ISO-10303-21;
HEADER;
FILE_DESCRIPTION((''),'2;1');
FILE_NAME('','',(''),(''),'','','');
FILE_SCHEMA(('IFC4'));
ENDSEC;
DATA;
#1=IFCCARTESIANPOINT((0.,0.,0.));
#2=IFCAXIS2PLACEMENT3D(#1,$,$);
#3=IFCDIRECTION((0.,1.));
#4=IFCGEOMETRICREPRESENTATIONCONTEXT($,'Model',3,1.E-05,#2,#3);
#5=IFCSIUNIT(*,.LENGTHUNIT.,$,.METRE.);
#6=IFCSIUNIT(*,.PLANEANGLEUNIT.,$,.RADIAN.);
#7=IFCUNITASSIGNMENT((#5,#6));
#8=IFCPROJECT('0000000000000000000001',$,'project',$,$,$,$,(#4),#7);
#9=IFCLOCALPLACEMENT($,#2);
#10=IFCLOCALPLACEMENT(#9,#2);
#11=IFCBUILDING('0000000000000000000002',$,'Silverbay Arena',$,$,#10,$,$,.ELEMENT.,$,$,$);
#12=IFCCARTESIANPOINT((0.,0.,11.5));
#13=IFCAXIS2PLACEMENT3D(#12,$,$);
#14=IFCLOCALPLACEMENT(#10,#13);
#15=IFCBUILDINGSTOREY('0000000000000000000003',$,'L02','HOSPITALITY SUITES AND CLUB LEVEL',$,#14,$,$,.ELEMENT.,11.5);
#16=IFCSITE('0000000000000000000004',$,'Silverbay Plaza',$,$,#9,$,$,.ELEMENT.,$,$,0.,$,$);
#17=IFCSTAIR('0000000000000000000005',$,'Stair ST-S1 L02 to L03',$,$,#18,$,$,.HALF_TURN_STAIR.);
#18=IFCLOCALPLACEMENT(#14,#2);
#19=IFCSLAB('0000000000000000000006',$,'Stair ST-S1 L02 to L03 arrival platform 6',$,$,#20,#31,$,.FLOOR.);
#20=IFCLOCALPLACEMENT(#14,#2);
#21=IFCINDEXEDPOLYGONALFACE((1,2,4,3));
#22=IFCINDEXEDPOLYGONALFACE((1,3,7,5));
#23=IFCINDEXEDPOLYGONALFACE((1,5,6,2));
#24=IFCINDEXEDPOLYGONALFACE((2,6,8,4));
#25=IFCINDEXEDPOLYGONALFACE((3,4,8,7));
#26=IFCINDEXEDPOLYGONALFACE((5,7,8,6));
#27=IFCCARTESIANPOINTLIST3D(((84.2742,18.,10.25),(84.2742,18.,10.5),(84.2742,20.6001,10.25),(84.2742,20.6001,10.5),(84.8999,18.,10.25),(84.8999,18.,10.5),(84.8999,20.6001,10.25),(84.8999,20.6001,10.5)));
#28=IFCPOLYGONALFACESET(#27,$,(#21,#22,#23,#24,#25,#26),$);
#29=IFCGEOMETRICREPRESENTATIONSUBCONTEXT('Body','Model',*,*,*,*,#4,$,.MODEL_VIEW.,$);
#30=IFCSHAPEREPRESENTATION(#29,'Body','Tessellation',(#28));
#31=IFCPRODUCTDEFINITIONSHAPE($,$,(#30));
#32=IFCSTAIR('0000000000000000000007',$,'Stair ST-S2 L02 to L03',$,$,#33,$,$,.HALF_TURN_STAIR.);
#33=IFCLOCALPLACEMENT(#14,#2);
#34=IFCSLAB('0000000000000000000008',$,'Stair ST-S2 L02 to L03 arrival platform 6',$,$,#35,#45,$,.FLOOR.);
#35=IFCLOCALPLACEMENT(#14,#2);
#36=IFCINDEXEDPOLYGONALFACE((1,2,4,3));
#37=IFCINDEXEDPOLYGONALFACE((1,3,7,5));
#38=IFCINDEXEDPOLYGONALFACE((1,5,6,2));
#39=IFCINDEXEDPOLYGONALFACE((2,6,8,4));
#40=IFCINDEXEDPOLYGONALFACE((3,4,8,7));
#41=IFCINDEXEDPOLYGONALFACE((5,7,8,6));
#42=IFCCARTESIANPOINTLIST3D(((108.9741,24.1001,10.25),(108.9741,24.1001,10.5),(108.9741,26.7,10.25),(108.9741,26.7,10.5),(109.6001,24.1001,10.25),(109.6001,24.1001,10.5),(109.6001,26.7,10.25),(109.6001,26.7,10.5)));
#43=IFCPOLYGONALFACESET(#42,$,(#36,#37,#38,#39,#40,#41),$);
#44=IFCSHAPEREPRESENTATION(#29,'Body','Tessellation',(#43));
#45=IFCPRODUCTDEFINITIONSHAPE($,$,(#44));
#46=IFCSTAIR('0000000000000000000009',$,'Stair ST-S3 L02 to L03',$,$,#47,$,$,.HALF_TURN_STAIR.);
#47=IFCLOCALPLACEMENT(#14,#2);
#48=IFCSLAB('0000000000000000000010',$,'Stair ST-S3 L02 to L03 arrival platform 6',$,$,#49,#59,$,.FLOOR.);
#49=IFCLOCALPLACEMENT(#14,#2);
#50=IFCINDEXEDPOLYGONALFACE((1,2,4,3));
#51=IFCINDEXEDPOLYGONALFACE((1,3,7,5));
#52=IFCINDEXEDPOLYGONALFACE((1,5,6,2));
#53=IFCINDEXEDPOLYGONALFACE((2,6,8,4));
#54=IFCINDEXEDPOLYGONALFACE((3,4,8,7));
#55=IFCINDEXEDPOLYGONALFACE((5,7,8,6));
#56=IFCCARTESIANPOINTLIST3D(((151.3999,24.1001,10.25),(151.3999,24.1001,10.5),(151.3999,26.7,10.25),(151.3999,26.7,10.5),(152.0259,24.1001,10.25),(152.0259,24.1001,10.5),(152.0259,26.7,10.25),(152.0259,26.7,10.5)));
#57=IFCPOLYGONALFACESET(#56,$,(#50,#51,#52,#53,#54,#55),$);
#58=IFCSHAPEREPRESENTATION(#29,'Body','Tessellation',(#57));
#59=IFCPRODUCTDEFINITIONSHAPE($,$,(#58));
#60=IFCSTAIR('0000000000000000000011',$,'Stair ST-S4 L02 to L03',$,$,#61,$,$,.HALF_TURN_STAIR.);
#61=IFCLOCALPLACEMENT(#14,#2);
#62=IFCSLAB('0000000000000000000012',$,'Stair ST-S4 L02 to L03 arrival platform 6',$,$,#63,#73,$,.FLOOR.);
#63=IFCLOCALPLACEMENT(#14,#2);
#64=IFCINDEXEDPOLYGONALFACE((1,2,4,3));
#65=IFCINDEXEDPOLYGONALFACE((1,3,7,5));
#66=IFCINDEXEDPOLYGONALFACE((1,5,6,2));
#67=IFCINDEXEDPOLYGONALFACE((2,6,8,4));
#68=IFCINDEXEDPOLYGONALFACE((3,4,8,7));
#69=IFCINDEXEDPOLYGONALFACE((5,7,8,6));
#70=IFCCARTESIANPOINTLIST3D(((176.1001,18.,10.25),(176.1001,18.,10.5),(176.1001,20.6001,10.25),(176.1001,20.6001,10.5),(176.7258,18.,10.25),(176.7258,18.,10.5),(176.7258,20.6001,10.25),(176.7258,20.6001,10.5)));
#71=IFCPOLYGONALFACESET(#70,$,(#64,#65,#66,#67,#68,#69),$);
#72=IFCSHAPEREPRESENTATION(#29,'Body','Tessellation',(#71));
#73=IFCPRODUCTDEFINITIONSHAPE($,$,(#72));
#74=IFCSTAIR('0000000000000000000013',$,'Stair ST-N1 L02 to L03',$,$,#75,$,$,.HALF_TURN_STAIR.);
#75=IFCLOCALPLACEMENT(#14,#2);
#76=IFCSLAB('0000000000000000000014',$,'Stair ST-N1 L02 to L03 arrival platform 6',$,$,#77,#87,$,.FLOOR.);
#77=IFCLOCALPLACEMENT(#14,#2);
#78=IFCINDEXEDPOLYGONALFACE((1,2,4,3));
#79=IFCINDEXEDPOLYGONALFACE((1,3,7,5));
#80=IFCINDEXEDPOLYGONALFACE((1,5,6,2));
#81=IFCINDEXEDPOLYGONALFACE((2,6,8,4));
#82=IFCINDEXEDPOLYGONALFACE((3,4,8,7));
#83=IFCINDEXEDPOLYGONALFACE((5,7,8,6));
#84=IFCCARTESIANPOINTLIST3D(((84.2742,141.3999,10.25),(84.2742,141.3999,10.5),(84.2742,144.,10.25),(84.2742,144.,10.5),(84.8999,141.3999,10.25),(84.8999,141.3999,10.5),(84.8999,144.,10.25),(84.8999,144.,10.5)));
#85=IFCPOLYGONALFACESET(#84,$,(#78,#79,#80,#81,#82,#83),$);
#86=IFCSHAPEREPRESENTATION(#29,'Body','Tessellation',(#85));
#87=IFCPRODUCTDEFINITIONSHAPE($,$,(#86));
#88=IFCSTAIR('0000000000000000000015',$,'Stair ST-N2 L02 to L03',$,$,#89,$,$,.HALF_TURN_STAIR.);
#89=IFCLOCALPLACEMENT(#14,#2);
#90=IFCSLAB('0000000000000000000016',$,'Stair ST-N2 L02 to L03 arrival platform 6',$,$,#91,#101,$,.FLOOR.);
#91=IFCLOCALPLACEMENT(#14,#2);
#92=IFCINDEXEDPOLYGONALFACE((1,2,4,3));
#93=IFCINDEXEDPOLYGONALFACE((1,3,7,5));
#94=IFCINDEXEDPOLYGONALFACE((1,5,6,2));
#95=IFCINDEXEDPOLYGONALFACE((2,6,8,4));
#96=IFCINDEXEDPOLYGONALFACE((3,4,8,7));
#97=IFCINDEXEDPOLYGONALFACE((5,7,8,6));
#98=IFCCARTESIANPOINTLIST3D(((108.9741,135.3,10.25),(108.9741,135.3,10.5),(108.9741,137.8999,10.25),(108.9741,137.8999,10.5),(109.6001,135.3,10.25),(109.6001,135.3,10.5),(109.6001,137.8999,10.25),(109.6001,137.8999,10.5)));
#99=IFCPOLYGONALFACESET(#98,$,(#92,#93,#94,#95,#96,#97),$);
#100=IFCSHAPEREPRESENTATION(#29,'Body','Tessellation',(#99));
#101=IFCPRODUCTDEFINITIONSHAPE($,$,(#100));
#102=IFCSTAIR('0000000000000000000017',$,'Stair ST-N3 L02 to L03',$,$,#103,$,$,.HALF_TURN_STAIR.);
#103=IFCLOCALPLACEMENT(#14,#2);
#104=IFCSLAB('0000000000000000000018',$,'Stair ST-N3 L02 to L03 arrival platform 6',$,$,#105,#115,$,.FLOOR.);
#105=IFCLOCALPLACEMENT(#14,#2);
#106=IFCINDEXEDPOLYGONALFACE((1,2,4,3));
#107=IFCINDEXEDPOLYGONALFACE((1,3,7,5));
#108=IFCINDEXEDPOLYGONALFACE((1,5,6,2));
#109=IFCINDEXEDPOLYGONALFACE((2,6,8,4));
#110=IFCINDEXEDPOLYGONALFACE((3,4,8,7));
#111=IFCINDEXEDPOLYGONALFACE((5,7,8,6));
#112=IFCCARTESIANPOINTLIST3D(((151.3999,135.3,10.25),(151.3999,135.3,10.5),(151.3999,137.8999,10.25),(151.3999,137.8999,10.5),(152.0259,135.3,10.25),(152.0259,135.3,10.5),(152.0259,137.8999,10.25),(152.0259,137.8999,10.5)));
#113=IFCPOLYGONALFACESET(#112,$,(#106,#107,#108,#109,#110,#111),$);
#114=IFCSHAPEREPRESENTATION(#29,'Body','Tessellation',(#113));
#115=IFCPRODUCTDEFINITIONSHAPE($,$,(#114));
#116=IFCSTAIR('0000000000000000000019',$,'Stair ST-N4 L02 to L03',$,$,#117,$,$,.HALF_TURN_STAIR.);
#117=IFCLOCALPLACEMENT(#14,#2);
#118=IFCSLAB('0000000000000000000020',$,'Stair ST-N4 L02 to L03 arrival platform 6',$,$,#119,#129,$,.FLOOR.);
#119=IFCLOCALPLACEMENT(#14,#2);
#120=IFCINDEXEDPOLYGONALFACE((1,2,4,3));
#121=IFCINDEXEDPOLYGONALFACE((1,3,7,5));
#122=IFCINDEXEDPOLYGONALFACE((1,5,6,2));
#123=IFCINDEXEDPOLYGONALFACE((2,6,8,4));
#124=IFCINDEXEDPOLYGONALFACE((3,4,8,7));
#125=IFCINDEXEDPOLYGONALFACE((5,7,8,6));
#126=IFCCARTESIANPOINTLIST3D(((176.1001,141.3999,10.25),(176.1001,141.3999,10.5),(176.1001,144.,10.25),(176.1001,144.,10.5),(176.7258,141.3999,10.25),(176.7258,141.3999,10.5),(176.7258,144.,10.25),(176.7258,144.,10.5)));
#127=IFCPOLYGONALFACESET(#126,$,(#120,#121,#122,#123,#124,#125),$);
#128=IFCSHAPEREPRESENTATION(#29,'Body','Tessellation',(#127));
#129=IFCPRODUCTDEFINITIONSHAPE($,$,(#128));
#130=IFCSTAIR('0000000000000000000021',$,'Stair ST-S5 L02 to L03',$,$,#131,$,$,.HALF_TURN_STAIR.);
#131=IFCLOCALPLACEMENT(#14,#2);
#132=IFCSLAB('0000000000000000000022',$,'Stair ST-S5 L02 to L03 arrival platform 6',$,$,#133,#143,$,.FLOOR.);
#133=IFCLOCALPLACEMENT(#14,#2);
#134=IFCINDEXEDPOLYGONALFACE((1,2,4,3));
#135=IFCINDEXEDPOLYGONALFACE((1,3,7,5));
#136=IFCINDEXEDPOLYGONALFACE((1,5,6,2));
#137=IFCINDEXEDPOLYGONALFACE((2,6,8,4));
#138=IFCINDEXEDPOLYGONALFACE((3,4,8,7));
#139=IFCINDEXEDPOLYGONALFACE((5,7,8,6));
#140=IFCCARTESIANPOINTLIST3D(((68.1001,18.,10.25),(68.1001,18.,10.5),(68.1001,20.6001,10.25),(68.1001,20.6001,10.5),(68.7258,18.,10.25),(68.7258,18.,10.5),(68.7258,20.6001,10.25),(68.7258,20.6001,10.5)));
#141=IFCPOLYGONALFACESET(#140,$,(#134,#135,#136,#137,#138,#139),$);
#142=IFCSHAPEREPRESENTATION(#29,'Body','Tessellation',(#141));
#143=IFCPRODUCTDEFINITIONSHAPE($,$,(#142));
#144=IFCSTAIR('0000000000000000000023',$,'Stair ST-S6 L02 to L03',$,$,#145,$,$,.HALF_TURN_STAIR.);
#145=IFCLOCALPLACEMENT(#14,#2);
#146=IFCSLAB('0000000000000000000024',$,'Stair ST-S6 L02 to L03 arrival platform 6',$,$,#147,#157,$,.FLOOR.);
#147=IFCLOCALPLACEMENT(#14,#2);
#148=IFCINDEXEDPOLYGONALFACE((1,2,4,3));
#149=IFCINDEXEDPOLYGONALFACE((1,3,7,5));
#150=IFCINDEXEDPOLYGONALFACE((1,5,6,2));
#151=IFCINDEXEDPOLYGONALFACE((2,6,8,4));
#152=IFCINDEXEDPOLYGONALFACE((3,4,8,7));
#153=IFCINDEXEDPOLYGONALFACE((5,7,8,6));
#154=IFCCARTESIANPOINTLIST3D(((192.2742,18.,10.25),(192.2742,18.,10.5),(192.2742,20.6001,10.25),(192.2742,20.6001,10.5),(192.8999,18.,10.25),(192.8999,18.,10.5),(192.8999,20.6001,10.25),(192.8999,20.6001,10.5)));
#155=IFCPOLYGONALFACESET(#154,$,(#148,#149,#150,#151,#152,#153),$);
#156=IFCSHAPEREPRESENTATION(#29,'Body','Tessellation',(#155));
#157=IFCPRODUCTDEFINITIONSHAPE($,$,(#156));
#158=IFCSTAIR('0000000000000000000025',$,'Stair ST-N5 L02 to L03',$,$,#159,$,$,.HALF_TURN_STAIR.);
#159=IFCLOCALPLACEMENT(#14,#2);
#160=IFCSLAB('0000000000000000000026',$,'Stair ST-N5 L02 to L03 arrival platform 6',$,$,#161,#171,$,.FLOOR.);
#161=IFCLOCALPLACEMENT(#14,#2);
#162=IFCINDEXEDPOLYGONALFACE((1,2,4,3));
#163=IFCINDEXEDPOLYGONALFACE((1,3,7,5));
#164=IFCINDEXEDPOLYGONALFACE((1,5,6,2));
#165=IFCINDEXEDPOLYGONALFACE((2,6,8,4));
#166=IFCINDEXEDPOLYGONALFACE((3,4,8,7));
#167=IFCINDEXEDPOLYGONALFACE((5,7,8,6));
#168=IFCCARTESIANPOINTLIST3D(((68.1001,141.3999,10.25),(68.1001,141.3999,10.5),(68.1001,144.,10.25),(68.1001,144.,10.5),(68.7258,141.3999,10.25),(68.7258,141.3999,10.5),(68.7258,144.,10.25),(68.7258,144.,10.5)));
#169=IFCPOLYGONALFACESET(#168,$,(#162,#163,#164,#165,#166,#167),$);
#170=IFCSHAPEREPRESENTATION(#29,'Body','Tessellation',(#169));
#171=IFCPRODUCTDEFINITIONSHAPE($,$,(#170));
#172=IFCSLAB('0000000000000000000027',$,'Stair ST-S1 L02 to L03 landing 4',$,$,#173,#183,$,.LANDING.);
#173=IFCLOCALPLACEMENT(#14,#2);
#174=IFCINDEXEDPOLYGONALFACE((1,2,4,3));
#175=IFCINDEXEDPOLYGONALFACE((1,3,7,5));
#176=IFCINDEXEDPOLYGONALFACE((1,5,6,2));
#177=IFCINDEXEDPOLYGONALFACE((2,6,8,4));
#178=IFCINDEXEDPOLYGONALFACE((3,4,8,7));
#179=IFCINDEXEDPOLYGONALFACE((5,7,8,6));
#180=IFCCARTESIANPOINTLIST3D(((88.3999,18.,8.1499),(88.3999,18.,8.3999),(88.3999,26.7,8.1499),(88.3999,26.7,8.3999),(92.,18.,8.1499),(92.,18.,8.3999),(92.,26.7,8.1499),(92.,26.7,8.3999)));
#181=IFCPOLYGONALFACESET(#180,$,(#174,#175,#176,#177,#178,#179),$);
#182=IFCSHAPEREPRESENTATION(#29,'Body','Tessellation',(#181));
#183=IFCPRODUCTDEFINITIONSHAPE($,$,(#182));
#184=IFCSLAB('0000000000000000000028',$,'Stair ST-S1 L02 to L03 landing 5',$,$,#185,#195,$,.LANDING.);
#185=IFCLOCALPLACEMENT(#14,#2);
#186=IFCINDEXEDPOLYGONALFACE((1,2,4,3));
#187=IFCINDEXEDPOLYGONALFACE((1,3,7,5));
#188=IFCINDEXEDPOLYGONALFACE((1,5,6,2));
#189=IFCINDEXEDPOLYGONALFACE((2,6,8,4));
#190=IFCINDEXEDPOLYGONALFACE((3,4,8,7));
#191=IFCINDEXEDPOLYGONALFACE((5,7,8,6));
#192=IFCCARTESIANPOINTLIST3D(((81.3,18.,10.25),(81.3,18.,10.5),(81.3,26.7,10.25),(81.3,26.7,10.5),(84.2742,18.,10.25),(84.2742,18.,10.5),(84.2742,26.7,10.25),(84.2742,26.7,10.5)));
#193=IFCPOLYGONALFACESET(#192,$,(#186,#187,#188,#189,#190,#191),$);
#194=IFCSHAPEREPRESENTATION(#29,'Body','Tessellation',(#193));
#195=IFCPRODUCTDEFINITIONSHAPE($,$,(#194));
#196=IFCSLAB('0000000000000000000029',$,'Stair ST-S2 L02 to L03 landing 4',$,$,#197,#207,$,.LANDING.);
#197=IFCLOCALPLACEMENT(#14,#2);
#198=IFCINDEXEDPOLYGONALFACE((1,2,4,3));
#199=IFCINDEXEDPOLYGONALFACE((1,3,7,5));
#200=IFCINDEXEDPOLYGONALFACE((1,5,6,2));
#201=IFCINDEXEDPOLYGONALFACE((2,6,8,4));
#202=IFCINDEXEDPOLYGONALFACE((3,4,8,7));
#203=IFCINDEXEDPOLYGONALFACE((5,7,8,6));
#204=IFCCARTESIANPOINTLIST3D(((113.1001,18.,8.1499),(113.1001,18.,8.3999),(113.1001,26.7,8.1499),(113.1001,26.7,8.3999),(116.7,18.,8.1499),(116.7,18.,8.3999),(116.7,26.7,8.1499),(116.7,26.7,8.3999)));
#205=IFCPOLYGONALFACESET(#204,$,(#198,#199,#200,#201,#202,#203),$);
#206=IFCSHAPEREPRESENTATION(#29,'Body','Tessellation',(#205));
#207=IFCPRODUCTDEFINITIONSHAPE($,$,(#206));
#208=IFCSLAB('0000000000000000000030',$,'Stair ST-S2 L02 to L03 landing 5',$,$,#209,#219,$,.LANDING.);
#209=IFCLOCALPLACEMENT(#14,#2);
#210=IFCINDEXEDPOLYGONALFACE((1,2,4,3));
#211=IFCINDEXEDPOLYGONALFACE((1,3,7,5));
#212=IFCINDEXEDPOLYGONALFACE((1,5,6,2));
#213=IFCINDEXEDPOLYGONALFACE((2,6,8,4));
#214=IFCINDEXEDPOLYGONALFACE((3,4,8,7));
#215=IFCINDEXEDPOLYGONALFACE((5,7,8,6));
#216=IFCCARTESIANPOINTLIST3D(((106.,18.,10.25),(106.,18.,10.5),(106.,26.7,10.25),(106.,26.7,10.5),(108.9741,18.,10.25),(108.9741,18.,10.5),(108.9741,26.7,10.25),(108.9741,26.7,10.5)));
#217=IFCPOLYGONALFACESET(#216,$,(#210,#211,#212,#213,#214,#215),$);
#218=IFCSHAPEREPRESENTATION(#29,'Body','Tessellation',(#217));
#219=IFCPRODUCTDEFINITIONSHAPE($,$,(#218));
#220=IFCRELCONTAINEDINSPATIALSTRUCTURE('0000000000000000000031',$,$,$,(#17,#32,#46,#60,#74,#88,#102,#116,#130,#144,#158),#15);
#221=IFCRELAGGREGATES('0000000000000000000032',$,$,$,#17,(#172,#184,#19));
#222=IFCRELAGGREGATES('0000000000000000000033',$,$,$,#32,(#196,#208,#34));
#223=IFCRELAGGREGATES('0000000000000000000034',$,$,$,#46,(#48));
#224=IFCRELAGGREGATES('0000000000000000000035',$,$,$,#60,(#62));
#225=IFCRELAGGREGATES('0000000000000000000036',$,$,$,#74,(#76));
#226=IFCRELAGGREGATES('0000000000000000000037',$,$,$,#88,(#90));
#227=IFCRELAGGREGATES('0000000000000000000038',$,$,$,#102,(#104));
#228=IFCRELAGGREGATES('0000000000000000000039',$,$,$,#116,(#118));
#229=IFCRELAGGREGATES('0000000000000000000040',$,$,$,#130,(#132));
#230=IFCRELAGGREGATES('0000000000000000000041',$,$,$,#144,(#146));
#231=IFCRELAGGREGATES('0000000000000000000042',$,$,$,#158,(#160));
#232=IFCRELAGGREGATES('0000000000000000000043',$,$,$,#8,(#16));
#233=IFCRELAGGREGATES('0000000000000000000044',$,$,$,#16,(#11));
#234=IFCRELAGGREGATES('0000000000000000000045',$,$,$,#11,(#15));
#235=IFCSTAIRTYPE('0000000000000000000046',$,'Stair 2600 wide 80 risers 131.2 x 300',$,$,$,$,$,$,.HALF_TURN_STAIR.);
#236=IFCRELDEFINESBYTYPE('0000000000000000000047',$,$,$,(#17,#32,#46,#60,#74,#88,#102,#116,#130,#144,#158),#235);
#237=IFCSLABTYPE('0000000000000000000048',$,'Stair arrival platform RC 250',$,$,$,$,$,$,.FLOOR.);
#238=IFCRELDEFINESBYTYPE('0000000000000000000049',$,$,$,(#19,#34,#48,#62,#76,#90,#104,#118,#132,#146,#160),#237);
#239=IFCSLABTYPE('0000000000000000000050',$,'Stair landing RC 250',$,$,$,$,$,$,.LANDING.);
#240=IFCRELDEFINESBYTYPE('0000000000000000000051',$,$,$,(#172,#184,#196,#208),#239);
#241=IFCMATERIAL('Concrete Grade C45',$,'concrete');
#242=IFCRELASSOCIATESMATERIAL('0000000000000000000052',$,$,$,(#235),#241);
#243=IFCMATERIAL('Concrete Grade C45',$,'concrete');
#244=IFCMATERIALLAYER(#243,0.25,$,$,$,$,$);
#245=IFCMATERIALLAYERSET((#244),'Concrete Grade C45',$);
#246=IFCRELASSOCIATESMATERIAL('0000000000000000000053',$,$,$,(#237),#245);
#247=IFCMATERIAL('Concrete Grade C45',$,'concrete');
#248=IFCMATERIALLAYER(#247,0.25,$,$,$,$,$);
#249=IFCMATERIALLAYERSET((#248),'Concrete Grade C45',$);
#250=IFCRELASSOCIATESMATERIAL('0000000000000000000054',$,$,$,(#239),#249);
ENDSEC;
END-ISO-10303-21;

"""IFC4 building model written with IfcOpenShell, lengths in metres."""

from ifc_helpers import new_model, si_unit, direction, frame, origin, place, context, subcontext, project, spatial, polyline, outline, extrude, material, layer, layer_set, type_object, element, aggregate, save


model = new_model("IFC4")

# Units and contexts
model_context = context("Model", 3, precision=1e-05, world=origin(), true_north=direction((0.0, 1.0)))
body_context = subcontext(model_context, "Body", "Model", "MODEL_VIEW")
ifc_project = project(units=[si_unit("LENGTHUNIT", "METRE"), si_unit("PLANEANGLEUNIT", "RADIAN")], contexts=[model_context])

# Site, building, storey
site_placement = place(None, origin())
site = spatial("IfcSite", under=ifc_project, at=site_placement, Name="Silverbay Plaza", CompositionType="ELEMENT", RefElevation=0.0)
building_placement = place(site_placement, origin())
building = spatial("IfcBuilding", under=site, at=building_placement, Name="Silverbay Arena", CompositionType="ELEMENT")
storey_placement = place(building_placement, frame((0.0, 0.0, 11.5)))
storey = spatial("IfcBuildingStorey", under=building, at=storey_placement, Name="L02", Description="HOSPITALITY SUITES AND CLUB LEVEL", CompositionType="ELEMENT", Elevation=11.5)

# Stairs, slabs
ifc_material_1 = material(Name="Concrete Grade C45", Category="concrete")
stair_type = type_object("IfcStairType", Name="Stair 2600 wide 80 risers 131.2 x 300", PredefinedType="HALF_TURN_STAIR", material=ifc_material_1)
stair_1_placement = place(storey_placement, origin())
stair_1 = element("IfcStair", 1, at=stair_1_placement, inside=storey, type_object=stair_type, Name="Stair ST-S1 L02 to L03", PredefinedType="HALF_TURN_STAIR")
ifc_material_2 = material(Name="Concrete Grade C45", Category="concrete")
ifc_layer_1 = layer(ifc_material_2, 0.25)
ifc_layer_set_1 = layer_set([ifc_layer_1], Name="Concrete Grade C45")
slab_type_1 = type_object("IfcSlabType", Name="Stair arrival platform RC 250", PredefinedType="FLOOR", material=ifc_layer_set_1)
slab_1_placement = place(storey_placement, frame((0.0, 0.0, 10.25)))
slab_1 = element("IfcSlab", 2, at=slab_1_placement, type_object=slab_type_1, Name="Stair ST-S1 L02 to L03 arrival platform 6", PredefinedType="FLOOR", context=body_context, shape_type="SweptSolid", body=[
    extrude(outline(polyline([(84.8999, 20.6001), (84.2742, 20.6001), (84.2742, 18.0), (84.8999, 18.0), (84.8999, 20.6001)])), origin(), (0.0, 0.0, 1.0), 0.25),
])
stair_2_placement = place(storey_placement, origin())
stair_2 = element("IfcStair", 3, at=stair_2_placement, inside=storey, type_object=stair_type, Name="Stair ST-S2 L02 to L03", PredefinedType="HALF_TURN_STAIR")
slab_2_placement = place(storey_placement, frame((0.0, 0.0, 10.25)))
slab_2 = element("IfcSlab", 4, at=slab_2_placement, type_object=slab_type_1, Name="Stair ST-S2 L02 to L03 arrival platform 6", PredefinedType="FLOOR", context=body_context, shape_type="SweptSolid", body=[
    extrude(outline(polyline([(109.6001, 26.7), (108.9741, 26.7), (108.9741, 24.1001), (109.6001, 24.1001), (109.6001, 26.7)])), origin(), (0.0, 0.0, 1.0), 0.25),
])
stair_3_placement = place(storey_placement, origin())
stair_3 = element("IfcStair", 5, at=stair_3_placement, inside=storey, type_object=stair_type, Name="Stair ST-S3 L02 to L03", PredefinedType="HALF_TURN_STAIR")
slab_3_placement = place(storey_placement, frame((0.0, 0.0, 10.25)))
slab_3 = element("IfcSlab", 6, at=slab_3_placement, type_object=slab_type_1, Name="Stair ST-S3 L02 to L03 arrival platform 6", PredefinedType="FLOOR", context=body_context, shape_type="SweptSolid", body=[
    extrude(outline(polyline([(151.3999, 26.7), (152.0259, 26.7), (152.0259, 24.1001), (151.3999, 24.1001), (151.3999, 26.7)])), origin(), (0.0, 0.0, 1.0), 0.25),
])
stair_4_placement = place(storey_placement, origin())
stair_4 = element("IfcStair", 7, at=stair_4_placement, inside=storey, type_object=stair_type, Name="Stair ST-S4 L02 to L03", PredefinedType="HALF_TURN_STAIR")
slab_4_placement = place(storey_placement, frame((0.0, 0.0, 10.25)))
slab_4 = element("IfcSlab", 8, at=slab_4_placement, type_object=slab_type_1, Name="Stair ST-S4 L02 to L03 arrival platform 6", PredefinedType="FLOOR", context=body_context, shape_type="SweptSolid", body=[
    extrude(outline(polyline([(176.1001, 20.6001), (176.7258, 20.6001), (176.7258, 18.0), (176.1001, 18.0), (176.1001, 20.6001)])), origin(), (0.0, 0.0, 1.0), 0.25),
])
stair_5_placement = place(storey_placement, origin())
stair_5 = element("IfcStair", 9, at=stair_5_placement, inside=storey, type_object=stair_type, Name="Stair ST-N1 L02 to L03", PredefinedType="HALF_TURN_STAIR")
slab_5_placement = place(storey_placement, frame((0.0, 0.0, 10.25)))
slab_5 = element("IfcSlab", 10, at=slab_5_placement, type_object=slab_type_1, Name="Stair ST-N1 L02 to L03 arrival platform 6", PredefinedType="FLOOR", context=body_context, shape_type="SweptSolid", body=[
    extrude(outline(polyline([(84.8999, 141.3999), (84.2742, 141.3999), (84.2742, 144.0), (84.8999, 144.0), (84.8999, 141.3999)])), origin(), (0.0, 0.0, 1.0), 0.25),
])
stair_6_placement = place(storey_placement, origin())
stair_6 = element("IfcStair", 11, at=stair_6_placement, inside=storey, type_object=stair_type, Name="Stair ST-N2 L02 to L03", PredefinedType="HALF_TURN_STAIR")
slab_6_placement = place(storey_placement, frame((0.0, 0.0, 10.25)))
slab_6 = element("IfcSlab", 12, at=slab_6_placement, type_object=slab_type_1, Name="Stair ST-N2 L02 to L03 arrival platform 6", PredefinedType="FLOOR", context=body_context, shape_type="SweptSolid", body=[
    extrude(outline(polyline([(109.6001, 135.3), (108.9741, 135.3), (108.9741, 137.8999), (109.6001, 137.8999), (109.6001, 135.3)])), origin(), (0.0, 0.0, 1.0), 0.25),
])
stair_7_placement = place(storey_placement, origin())
stair_7 = element("IfcStair", 13, at=stair_7_placement, inside=storey, type_object=stair_type, Name="Stair ST-N3 L02 to L03", PredefinedType="HALF_TURN_STAIR")
slab_7_placement = place(storey_placement, frame((0.0, 0.0, 10.25)))
slab_7 = element("IfcSlab", 14, at=slab_7_placement, type_object=slab_type_1, Name="Stair ST-N3 L02 to L03 arrival platform 6", PredefinedType="FLOOR", context=body_context, shape_type="SweptSolid", body=[
    extrude(outline(polyline([(151.3999, 135.3), (152.0259, 135.3), (152.0259, 137.8999), (151.3999, 137.8999), (151.3999, 135.3)])), origin(), (0.0, 0.0, 1.0), 0.25),
])
stair_8_placement = place(storey_placement, origin())
stair_8 = element("IfcStair", 15, at=stair_8_placement, inside=storey, type_object=stair_type, Name="Stair ST-N4 L02 to L03", PredefinedType="HALF_TURN_STAIR")
slab_8_placement = place(storey_placement, frame((0.0, 0.0, 10.25)))
slab_8 = element("IfcSlab", 16, at=slab_8_placement, type_object=slab_type_1, Name="Stair ST-N4 L02 to L03 arrival platform 6", PredefinedType="FLOOR", context=body_context, shape_type="SweptSolid", body=[
    extrude(outline(polyline([(176.1001, 141.3999), (176.7258, 141.3999), (176.7258, 144.0), (176.1001, 144.0), (176.1001, 141.3999)])), origin(), (0.0, 0.0, 1.0), 0.25),
])
stair_9_placement = place(storey_placement, origin())
stair_9 = element("IfcStair", 17, at=stair_9_placement, inside=storey, type_object=stair_type, Name="Stair ST-S5 L02 to L03", PredefinedType="HALF_TURN_STAIR")
slab_9_placement = place(storey_placement, frame((0.0, 0.0, 10.25)))
slab_9 = element("IfcSlab", 18, at=slab_9_placement, type_object=slab_type_1, Name="Stair ST-S5 L02 to L03 arrival platform 6", PredefinedType="FLOOR", context=body_context, shape_type="SweptSolid", body=[
    extrude(outline(polyline([(68.1001, 20.6001), (68.7258, 20.6001), (68.7258, 18.0), (68.1001, 18.0), (68.1001, 20.6001)])), origin(), (0.0, 0.0, 1.0), 0.25),
])
stair_10_placement = place(storey_placement, origin())
stair_10 = element("IfcStair", 19, at=stair_10_placement, inside=storey, type_object=stair_type, Name="Stair ST-S6 L02 to L03", PredefinedType="HALF_TURN_STAIR")
slab_10_placement = place(storey_placement, frame((0.0, 0.0, 10.25)))
slab_10 = element("IfcSlab", 20, at=slab_10_placement, type_object=slab_type_1, Name="Stair ST-S6 L02 to L03 arrival platform 6", PredefinedType="FLOOR", context=body_context, shape_type="SweptSolid", body=[
    extrude(outline(polyline([(192.8999, 20.6001), (192.2742, 20.6001), (192.2742, 18.0), (192.8999, 18.0), (192.8999, 20.6001)])), origin(), (0.0, 0.0, 1.0), 0.25),
])
stair_11_placement = place(storey_placement, origin())
stair_11 = element("IfcStair", 21, at=stair_11_placement, inside=storey, type_object=stair_type, Name="Stair ST-N5 L02 to L03", PredefinedType="HALF_TURN_STAIR")
slab_11_placement = place(storey_placement, frame((0.0, 0.0, 10.25)))
slab_11 = element("IfcSlab", 22, at=slab_11_placement, type_object=slab_type_1, Name="Stair ST-N5 L02 to L03 arrival platform 6", PredefinedType="FLOOR", context=body_context, shape_type="SweptSolid", body=[
    extrude(outline(polyline([(68.1001, 141.3999), (68.7258, 141.3999), (68.7258, 144.0), (68.1001, 144.0), (68.1001, 141.3999)])), origin(), (0.0, 0.0, 1.0), 0.25),
])

# Slabs
ifc_material_3 = material(Name="Concrete Grade C45", Category="concrete")
ifc_layer_2 = layer(ifc_material_3, 0.25)
ifc_layer_set_2 = layer_set([ifc_layer_2], Name="Concrete Grade C45")
slab_type_2 = type_object("IfcSlabType", Name="Stair landing RC 250", PredefinedType="LANDING", material=ifc_layer_set_2)
slab_12_placement = place(storey_placement, frame((0.0, 0.0, 8.1499)))
slab_12 = element("IfcSlab", 23, at=slab_12_placement, type_object=slab_type_2, Name="Stair ST-S1 L02 to L03 landing 4", PredefinedType="LANDING", context=body_context, shape_type="SweptSolid", body=[
    extrude(outline(polyline([(92.0, 26.7), (88.3999, 26.7), (88.3999, 18.0), (92.0, 18.0), (92.0, 26.7)])), origin(), (0.0, 0.0, 1.0), 0.25),
])
slab_13_placement = place(storey_placement, frame((0.0, 0.0, 10.25)))
slab_13 = element("IfcSlab", 24, at=slab_13_placement, type_object=slab_type_2, Name="Stair ST-S1 L02 to L03 landing 5", PredefinedType="LANDING", context=body_context, shape_type="SweptSolid", body=[
    extrude(outline(polyline([(84.2742, 26.7), (81.3, 26.7), (81.3, 18.0), (84.2742, 18.0), (84.2742, 26.7)])), origin(), (0.0, 0.0, 1.0), 0.25),
])
aggregate(stair_1, [slab_12, slab_13, slab_1])
slab_14_placement = place(storey_placement, frame((0.0, 0.0, 8.1499)))
slab_14 = element("IfcSlab", 25, at=slab_14_placement, type_object=slab_type_2, Name="Stair ST-S2 L02 to L03 landing 4", PredefinedType="LANDING", context=body_context, shape_type="SweptSolid", body=[
    extrude(outline(polyline([(116.7, 26.7), (113.1001, 26.7), (113.1001, 18.0), (116.7, 18.0), (116.7, 26.7)])), origin(), (0.0, 0.0, 1.0), 0.25),
])
slab_15_placement = place(storey_placement, frame((0.0, 0.0, 10.25)))
slab_15 = element("IfcSlab", 26, at=slab_15_placement, type_object=slab_type_2, Name="Stair ST-S2 L02 to L03 landing 5", PredefinedType="LANDING", context=body_context, shape_type="SweptSolid", body=[
    extrude(outline(polyline([(108.9741, 26.7), (106.0, 26.7), (106.0, 18.0), (108.9741, 18.0), (108.9741, 26.7)])), origin(), (0.0, 0.0, 1.0), 0.25),
])
aggregate(stair_2, [slab_14, slab_15, slab_2])
aggregate(stair_3, [slab_3])
aggregate(stair_4, [slab_4])
aggregate(stair_5, [slab_5])
aggregate(stair_6, [slab_6])
aggregate(stair_7, [slab_7])
aggregate(stair_8, [slab_8])
aggregate(stair_9, [slab_9])
aggregate(stair_10, [slab_10])
aggregate(stair_11, [slab_11])

save(model, "model.ifc")
